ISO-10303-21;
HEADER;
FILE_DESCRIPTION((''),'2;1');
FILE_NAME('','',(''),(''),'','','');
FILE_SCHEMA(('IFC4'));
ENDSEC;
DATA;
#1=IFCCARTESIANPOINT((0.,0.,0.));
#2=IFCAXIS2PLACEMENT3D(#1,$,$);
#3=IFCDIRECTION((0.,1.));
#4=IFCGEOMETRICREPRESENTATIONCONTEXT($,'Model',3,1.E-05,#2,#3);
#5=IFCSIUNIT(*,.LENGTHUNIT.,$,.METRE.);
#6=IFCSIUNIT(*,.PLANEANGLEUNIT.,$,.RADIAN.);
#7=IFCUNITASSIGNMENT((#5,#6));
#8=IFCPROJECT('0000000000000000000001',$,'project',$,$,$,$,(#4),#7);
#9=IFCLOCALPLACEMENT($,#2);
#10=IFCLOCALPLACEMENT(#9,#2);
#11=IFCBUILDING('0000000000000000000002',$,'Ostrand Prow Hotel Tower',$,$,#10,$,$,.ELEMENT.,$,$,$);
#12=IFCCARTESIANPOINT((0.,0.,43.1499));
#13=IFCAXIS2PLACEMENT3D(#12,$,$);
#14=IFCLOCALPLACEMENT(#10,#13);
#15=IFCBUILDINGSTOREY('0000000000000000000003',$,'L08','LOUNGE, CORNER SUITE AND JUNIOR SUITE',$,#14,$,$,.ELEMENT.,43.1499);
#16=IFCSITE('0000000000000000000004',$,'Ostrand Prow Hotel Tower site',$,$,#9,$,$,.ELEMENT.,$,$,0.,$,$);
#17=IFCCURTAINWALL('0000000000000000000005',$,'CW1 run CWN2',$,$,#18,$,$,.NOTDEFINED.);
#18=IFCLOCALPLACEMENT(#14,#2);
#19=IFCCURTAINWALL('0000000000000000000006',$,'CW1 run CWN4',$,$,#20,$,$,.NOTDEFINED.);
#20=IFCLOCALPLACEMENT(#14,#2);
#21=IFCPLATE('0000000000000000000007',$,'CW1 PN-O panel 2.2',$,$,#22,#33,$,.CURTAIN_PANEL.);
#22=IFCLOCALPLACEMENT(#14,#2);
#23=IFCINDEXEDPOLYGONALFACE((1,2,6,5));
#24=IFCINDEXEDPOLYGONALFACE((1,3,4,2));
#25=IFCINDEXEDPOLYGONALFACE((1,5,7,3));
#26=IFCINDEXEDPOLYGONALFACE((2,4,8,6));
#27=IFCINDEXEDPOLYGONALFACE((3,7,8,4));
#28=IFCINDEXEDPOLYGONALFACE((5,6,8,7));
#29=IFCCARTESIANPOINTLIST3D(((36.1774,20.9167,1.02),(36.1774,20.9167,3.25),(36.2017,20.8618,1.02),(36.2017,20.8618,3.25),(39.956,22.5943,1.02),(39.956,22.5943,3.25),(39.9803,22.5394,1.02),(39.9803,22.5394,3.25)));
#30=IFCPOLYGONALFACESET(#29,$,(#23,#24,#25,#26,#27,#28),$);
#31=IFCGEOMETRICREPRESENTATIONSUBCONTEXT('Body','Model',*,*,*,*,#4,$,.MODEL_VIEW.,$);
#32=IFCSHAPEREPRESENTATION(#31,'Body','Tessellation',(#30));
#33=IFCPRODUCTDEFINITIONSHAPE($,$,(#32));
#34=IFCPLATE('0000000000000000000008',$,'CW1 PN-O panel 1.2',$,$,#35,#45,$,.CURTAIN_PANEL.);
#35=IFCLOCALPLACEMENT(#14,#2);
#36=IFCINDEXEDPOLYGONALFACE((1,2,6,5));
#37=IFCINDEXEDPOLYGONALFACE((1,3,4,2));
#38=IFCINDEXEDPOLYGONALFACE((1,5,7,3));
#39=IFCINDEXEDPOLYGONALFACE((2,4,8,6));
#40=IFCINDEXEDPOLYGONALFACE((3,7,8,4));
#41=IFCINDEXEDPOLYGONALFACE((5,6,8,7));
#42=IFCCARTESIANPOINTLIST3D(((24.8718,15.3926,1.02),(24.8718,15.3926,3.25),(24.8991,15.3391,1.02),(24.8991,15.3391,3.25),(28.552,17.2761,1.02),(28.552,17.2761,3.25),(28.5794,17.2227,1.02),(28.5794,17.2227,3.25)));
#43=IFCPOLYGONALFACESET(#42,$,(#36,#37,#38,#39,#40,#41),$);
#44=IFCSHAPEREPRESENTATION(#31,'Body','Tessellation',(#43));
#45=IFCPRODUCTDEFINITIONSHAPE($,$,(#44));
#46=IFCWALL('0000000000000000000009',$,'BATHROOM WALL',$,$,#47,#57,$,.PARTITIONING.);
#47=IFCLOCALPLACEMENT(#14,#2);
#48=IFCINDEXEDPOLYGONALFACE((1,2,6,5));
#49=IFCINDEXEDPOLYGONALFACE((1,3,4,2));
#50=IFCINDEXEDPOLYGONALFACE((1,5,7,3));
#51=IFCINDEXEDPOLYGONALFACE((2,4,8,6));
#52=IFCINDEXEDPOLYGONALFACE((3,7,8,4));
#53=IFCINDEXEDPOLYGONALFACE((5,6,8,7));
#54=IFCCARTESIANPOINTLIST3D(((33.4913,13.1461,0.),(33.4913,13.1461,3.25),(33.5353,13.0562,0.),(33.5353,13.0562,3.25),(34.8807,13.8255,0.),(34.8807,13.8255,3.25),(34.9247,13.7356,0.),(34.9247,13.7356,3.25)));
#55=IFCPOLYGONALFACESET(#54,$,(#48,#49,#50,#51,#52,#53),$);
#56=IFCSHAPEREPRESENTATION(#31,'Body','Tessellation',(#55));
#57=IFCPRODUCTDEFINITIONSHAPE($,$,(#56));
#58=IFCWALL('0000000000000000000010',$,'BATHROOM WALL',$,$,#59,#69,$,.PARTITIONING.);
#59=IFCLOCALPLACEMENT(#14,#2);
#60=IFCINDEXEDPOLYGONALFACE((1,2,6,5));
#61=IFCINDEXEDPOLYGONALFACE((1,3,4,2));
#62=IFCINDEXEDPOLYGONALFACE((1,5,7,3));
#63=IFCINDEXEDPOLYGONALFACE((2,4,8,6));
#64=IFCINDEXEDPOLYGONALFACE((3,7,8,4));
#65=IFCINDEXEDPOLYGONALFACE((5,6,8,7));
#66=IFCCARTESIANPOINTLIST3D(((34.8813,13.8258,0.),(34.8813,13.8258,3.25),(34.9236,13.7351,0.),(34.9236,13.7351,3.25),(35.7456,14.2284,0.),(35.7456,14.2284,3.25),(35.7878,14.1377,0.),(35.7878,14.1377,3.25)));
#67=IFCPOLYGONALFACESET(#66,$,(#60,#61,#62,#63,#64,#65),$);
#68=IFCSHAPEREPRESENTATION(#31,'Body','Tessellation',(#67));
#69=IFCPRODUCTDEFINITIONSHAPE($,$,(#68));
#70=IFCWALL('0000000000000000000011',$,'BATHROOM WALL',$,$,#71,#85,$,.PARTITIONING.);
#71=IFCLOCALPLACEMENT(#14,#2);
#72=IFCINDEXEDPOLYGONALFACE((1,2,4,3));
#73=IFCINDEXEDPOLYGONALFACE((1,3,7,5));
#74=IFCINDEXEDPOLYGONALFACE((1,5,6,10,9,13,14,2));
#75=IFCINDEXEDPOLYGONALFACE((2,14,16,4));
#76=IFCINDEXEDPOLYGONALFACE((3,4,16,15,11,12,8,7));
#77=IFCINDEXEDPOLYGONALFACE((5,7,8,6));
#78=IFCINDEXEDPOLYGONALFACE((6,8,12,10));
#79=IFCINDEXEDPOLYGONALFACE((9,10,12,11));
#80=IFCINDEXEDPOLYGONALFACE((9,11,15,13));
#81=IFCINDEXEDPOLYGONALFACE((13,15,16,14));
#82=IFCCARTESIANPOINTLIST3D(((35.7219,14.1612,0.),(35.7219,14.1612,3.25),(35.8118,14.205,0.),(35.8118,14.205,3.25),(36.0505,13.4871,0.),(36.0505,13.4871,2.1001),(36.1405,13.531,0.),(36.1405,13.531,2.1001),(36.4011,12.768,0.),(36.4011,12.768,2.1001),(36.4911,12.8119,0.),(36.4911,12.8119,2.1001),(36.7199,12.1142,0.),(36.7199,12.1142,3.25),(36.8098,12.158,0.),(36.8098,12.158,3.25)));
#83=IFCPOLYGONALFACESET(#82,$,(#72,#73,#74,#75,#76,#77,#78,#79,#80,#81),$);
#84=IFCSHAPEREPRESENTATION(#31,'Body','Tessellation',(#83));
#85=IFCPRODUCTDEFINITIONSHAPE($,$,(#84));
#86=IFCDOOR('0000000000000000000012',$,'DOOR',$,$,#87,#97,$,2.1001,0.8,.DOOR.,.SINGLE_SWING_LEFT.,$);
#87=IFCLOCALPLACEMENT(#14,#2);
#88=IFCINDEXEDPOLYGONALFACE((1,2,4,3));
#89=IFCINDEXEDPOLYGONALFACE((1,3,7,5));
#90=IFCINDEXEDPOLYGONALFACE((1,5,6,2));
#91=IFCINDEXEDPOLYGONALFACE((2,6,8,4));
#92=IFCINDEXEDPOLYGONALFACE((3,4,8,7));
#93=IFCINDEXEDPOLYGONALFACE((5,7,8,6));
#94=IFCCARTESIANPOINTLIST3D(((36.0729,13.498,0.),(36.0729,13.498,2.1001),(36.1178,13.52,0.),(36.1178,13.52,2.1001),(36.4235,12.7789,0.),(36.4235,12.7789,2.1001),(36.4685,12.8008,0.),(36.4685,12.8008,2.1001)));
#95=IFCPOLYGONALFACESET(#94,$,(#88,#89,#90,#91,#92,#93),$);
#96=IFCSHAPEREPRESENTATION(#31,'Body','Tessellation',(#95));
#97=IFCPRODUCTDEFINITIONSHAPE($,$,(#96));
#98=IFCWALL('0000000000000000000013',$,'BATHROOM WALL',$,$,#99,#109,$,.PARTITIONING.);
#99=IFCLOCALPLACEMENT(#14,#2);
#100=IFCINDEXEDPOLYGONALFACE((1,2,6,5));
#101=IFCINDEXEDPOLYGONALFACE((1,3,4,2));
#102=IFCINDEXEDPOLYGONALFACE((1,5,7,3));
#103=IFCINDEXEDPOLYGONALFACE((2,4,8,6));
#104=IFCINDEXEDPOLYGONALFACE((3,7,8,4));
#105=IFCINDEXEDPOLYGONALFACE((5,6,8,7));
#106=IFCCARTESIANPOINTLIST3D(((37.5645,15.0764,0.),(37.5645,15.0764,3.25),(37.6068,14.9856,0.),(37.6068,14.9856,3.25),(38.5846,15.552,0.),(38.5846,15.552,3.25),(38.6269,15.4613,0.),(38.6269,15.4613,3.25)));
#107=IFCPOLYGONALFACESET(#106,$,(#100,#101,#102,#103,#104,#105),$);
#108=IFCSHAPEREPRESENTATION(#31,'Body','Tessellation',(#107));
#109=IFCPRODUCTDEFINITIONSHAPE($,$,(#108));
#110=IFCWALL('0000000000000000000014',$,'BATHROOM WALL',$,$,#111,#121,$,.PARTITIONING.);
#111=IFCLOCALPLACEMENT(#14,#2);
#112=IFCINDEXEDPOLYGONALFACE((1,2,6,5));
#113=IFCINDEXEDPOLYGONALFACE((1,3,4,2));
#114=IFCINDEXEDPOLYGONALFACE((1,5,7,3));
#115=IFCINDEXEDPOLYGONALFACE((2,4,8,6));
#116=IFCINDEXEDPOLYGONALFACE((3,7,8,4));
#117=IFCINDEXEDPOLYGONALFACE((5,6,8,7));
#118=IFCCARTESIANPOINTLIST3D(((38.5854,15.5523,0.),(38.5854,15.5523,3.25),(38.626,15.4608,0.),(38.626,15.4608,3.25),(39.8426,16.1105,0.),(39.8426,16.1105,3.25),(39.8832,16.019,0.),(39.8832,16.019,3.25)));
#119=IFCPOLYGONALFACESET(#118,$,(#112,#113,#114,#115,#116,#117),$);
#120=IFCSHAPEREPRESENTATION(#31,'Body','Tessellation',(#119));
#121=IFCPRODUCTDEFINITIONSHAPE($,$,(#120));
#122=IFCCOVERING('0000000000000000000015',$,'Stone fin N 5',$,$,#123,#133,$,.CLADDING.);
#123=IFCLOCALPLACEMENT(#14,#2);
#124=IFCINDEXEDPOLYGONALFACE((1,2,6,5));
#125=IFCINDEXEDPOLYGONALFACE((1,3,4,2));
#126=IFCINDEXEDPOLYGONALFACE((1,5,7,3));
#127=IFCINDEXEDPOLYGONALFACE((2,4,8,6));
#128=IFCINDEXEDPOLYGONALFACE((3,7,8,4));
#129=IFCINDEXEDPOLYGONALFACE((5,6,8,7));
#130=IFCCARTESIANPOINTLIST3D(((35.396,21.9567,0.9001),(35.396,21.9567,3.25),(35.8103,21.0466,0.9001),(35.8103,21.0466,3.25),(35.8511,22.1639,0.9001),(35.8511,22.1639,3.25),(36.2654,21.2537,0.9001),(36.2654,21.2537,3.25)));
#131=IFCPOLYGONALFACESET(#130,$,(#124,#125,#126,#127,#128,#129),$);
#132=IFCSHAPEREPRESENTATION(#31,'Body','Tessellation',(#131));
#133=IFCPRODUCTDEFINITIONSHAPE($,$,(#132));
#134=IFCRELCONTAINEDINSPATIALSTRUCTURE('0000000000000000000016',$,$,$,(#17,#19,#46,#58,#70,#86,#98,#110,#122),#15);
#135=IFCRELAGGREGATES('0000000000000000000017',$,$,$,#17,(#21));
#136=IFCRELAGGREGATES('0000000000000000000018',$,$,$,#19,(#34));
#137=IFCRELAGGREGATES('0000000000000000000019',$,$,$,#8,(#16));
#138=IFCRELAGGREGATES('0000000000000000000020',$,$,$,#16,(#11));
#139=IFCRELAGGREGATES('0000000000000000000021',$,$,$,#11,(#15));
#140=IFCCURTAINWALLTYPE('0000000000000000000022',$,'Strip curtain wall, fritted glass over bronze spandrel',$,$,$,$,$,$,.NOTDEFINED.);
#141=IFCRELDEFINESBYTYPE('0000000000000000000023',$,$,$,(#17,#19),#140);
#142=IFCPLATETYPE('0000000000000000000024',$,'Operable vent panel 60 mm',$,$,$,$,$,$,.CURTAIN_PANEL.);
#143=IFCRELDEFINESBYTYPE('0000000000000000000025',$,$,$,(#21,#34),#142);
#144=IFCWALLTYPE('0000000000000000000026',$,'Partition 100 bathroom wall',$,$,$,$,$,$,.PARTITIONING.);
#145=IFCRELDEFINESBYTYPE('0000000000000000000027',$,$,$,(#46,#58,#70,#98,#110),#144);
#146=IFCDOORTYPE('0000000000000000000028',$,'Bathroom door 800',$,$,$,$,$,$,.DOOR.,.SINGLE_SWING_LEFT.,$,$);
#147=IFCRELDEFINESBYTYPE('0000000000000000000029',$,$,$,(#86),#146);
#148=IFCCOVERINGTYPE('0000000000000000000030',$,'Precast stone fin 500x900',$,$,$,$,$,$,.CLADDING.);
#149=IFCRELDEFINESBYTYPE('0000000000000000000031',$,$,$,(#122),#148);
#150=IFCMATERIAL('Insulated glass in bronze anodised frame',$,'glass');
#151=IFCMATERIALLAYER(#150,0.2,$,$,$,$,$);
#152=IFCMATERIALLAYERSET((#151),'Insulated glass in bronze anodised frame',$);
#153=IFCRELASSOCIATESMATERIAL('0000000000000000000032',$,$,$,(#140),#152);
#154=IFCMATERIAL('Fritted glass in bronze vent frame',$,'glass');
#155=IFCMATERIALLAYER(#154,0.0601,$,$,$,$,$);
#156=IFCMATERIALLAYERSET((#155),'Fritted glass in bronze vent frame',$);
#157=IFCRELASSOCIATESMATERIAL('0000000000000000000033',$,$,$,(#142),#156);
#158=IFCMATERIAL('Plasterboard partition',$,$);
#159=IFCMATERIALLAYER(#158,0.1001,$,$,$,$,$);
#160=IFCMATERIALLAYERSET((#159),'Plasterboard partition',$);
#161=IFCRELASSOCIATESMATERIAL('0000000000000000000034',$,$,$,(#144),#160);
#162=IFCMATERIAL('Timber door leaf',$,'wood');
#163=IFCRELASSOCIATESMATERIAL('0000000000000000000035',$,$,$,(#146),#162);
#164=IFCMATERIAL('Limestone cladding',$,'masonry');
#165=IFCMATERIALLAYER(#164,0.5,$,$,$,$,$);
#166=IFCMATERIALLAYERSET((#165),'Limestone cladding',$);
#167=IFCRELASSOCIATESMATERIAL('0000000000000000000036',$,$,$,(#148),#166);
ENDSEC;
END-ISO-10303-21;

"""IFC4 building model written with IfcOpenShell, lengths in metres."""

from ifc_helpers import new_model, si_unit, direction, frame, frame_2d, origin, origin_2d, place, context, subcontext, project, spatial, rectangle, extrude, material, layer, layer_set, type_object, element, fill, aggregate, save


model = new_model("IFC4")

# Units and contexts
model_context = context("Model", 3, precision=1e-05, world=origin(), true_north=direction((0.0, 1.0)))
body_context = subcontext(model_context, "Body", "Model", "MODEL_VIEW")
ifc_project = project(units=[si_unit("LENGTHUNIT", "METRE"), si_unit("PLANEANGLEUNIT", "RADIAN")], contexts=[model_context])

# Site, building, storey
site_placement = place(None, origin())
site = spatial("IfcSite", under=ifc_project, at=site_placement, Name="Ostrand Prow Hotel Tower site", CompositionType="ELEMENT", RefElevation=0.0)
building_placement = place(site_placement, origin())
building = spatial("IfcBuilding", under=site, at=building_placement, Name="Ostrand Prow Hotel Tower", CompositionType="ELEMENT")
storey_placement = place(building_placement, frame((0.0, 0.0, 43.1499)))
storey = spatial("IfcBuildingStorey", under=building, at=storey_placement, Name="L08", Description="LOUNGE, CORNER SUITE AND JUNIOR SUITE", CompositionType="ELEMENT", Elevation=43.1499)

# Curtain wall
ifc_material_1 = material(Name="Insulated glass in bronze anodised frame", Category="glass")
ifc_layer_1 = layer(ifc_material_1, 0.2)
ifc_layer_set_1 = layer_set([ifc_layer_1], Name="Insulated glass in bronze anodised frame")
curtain_wall_type = type_object("IfcCurtainWallType", Name="Strip curtain wall, fritted glass over bronze spandrel", PredefinedType="NOTDEFINED", material=ifc_layer_set_1)
curtain_wall_1_placement = place(storey_placement, origin())
curtain_wall_1 = element("IfcCurtainWall", 1, at=curtain_wall_1_placement, inside=storey, type_object=curtain_wall_type, Name="CW1 run CWN2", PredefinedType="NOTDEFINED")

# Curtain wall
curtain_wall_2_placement = place(storey_placement, origin())
curtain_wall_2 = element("IfcCurtainWall", 2, at=curtain_wall_2_placement, inside=storey, type_object=curtain_wall_type, Name="CW1 run CWN4", PredefinedType="NOTDEFINED")

# Plates
ifc_material_2 = material(Name="Fritted glass in bronze vent frame", Category="glass")
ifc_layer_2 = layer(ifc_material_2, 0.0601)
ifc_layer_set_2 = layer_set([ifc_layer_2], Name="Fritted glass in bronze vent frame")
plate_type_1 = type_object("IfcPlateType", Name="Operable vent panel 60 mm", PredefinedType="CURTAIN_PANEL", material=ifc_layer_set_2)
plate_1_placement = place(storey_placement, frame((38.0789, 21.728, 1.02), z_axis=(0.0, 0.0, 1.0), x_axis=(-0.913971, -0.40578, 0.0)))
plate_1 = element("IfcPlate", 3, at=plate_1_placement, type_object=plate_type_1, Name="CW1 PN-O panel 2.2", PredefinedType="CURTAIN_PANEL", context=body_context, shape_type="SweptSolid", body=[
    extrude(rectangle(XDim=4.1343, YDim=0.0601, at=origin_2d()), origin(), (0.0, 0.0, 1.0), 2.23),
])
aggregate(curtain_wall_1, [plate_1])
plate_2_placement = place(storey_placement, frame((26.7256, 16.3076, 1.02), z_axis=(0.0, 0.0, 1.0), x_axis=(-0.890187, -0.455596, 0.0)))
plate_2 = element("IfcPlate", 4, at=plate_2_placement, type_object=plate_type_1, Name="CW1 PN-O panel 1.2", PredefinedType="CURTAIN_PANEL", context=body_context, shape_type="SweptSolid", body=[
    extrude(rectangle(XDim=4.1343, YDim=0.0601, at=origin_2d()), origin(), (0.0, 0.0, 1.0), 2.23),
])
aggregate(curtain_wall_2, [plate_2])

# Walls
ifc_material_3 = material(Name="Plasterboard partition")
ifc_layer_3 = layer(ifc_material_3, 0.1001)
ifc_layer_set_3 = layer_set([ifc_layer_3], Name="Plasterboard partition")
wall_type = type_object("IfcWallType", Name="Partition 100 bathroom wall", PredefinedType="PARTITIONING", material=ifc_layer_set_3)
wall_1_placement = place(storey_placement, frame((33.5132, 13.1011, 0.0), z_axis=(0.0, 0.0, 1.0), x_axis=(0.898339, 0.439304, 0.0)))
element("IfcWall", 5, at=wall_1_placement, inside=storey, type_object=wall_type, Name="BATHROOM WALL", PredefinedType="PARTITIONING", context=body_context, shape_type="SweptSolid", body=[
    extrude(rectangle(XDim=1.5466, YDim=0.1001, at=frame_2d((0.7734, 0.0))), origin(), (0.0, 0.0, 1.0), 3.25),
])
wall_2_placement = place(storey_placement, frame((34.9026, 13.7805, 0.0), z_axis=(0.0, 0.0, 1.0), x_axis=(0.906477, 0.422255, 0.0)))
element("IfcWall", 6, at=wall_2_placement, inside=storey, type_object=wall_type, Name="BATHROOM WALL", PredefinedType="PARTITIONING", context=body_context, shape_type="SweptSolid", body=[
    extrude(rectangle(XDim=0.9534, YDim=0.1001, at=frame_2d((0.4766, 0.0))), origin(), (0.0, 0.0, 1.0), 3.25),
])

# Wall, opening, door
wall_3_placement = place(storey_placement, frame((35.7668, 14.1831, 0.0), z_axis=(0.0, 0.0, 1.0), x_axis=(0.438229, -0.898863, 0.0)))
wall_3 = element("IfcWall", 7, at=wall_3_placement, inside=storey, type_object=wall_type, Name="BATHROOM WALL", PredefinedType="PARTITIONING", context=body_context, shape_type="SweptSolid", body=[
    extrude(rectangle(XDim=2.2773, YDim=0.1001, at=frame_2d((1.1387, 0.0))), origin(), (0.0, 0.0, 1.0), 3.25),
])
opening_placement = place(wall_3_placement, frame((0.75, 0.0, 0.0)))
opening = element("IfcOpeningElement", 8, at=opening_placement, cuts=wall_3, PredefinedType="OPENING", context=body_context, shape_type="SweptSolid", body=[
    extrude(rectangle(XDim=0.8, YDim=2.1001, at=frame_2d((0.3999, 1.05))), frame((0.0, 0.0601, 0.0), z_axis=(0.0, -1.0, 0.0), x_axis=(1.0, 0.0, 0.0)), (0.0, 0.0, 1.0), 0.1201),
])
ifc_material_4 = material(Name="Timber door leaf", Category="wood")
door_type = type_object("IfcDoorType", Name="Bathroom door 800", OperationType="SINGLE_SWING_LEFT", PredefinedType="DOOR", material=ifc_material_4)
door_placement = place(opening_placement, origin())
door = element("IfcDoor", 9, at=door_placement, inside=storey, type_object=door_type, Name="DOOR", OperationType="SINGLE_SWING_LEFT", OverallHeight=2.1001, OverallWidth=0.8, PredefinedType="DOOR", context=body_context, shape_type="SweptSolid", body=[
    extrude(rectangle(XDim=0.8, YDim=2.1001, at=frame_2d((0.3999, 1.05))), frame((0.0, 0.0249, 0.0), z_axis=(0.0, -1.0, 0.0), x_axis=(1.0, 0.0, 0.0)), (0.0, 0.0, 1.0), 0.05),
])
fill(opening, door)

# Walls
wall_4_placement = place(storey_placement, frame((37.5857, 15.031, 0.0), z_axis=(0.0, 0.0, 1.0), x_axis=(0.906327, 0.422577, 0.0)))
element("IfcWall", 10, at=wall_4_placement, inside=storey, type_object=wall_type, Name="BATHROOM WALL", PredefinedType="PARTITIONING", context=body_context, shape_type="SweptSolid", body=[
    extrude(rectangle(XDim=1.1255, YDim=0.1001, at=frame_2d((0.5627, 0.0))), origin(), (0.0, 0.0, 1.0), 3.25),
])
wall_5_placement = place(storey_placement, frame((38.6057, 15.5066, 0.0), z_axis=(0.0, 0.0, 1.0), x_axis=(0.913973, 0.405776, 0.0)))
element("IfcWall", 11, at=wall_5_placement, inside=storey, type_object=wall_type, Name="BATHROOM WALL", PredefinedType="PARTITIONING", context=body_context, shape_type="SweptSolid", body=[
    extrude(rectangle(XDim=1.3755, YDim=0.1001, at=frame_2d((0.6877, 0.0))), origin(), (0.0, 0.0, 1.0), 3.25),
])

# Covering
ifc_material_5 = material(Name="Limestone cladding", Category="masonry")
ifc_layer_4 = layer(ifc_material_5, 0.5)
ifc_layer_set_4 = layer_set([ifc_layer_4], Name="Limestone cladding")
covering_type = type_object("IfcCoveringType", Name="Precast stone fin 500x900", PredefinedType="CLADDING", material=ifc_layer_set_4)
covering_placement = place(storey_placement, frame((36.0378, 21.1501, 0.9001), z_axis=(0.0, 0.0, 1.0), x_axis=(-0.4143, 0.910141, 0.0)))
element("IfcCovering", 12, at=covering_placement, inside=storey, type_object=covering_type, Name="Stone fin N 5", PredefinedType="CLADDING", context=body_context, shape_type="SweptSolid", body=[
    extrude(rectangle(XDim=1.0, YDim=0.5, at=frame_2d((0.5, 0.0))), origin(), (0.0, 0.0, 1.0), 2.3499),
])

save(model, "model.ifc")
